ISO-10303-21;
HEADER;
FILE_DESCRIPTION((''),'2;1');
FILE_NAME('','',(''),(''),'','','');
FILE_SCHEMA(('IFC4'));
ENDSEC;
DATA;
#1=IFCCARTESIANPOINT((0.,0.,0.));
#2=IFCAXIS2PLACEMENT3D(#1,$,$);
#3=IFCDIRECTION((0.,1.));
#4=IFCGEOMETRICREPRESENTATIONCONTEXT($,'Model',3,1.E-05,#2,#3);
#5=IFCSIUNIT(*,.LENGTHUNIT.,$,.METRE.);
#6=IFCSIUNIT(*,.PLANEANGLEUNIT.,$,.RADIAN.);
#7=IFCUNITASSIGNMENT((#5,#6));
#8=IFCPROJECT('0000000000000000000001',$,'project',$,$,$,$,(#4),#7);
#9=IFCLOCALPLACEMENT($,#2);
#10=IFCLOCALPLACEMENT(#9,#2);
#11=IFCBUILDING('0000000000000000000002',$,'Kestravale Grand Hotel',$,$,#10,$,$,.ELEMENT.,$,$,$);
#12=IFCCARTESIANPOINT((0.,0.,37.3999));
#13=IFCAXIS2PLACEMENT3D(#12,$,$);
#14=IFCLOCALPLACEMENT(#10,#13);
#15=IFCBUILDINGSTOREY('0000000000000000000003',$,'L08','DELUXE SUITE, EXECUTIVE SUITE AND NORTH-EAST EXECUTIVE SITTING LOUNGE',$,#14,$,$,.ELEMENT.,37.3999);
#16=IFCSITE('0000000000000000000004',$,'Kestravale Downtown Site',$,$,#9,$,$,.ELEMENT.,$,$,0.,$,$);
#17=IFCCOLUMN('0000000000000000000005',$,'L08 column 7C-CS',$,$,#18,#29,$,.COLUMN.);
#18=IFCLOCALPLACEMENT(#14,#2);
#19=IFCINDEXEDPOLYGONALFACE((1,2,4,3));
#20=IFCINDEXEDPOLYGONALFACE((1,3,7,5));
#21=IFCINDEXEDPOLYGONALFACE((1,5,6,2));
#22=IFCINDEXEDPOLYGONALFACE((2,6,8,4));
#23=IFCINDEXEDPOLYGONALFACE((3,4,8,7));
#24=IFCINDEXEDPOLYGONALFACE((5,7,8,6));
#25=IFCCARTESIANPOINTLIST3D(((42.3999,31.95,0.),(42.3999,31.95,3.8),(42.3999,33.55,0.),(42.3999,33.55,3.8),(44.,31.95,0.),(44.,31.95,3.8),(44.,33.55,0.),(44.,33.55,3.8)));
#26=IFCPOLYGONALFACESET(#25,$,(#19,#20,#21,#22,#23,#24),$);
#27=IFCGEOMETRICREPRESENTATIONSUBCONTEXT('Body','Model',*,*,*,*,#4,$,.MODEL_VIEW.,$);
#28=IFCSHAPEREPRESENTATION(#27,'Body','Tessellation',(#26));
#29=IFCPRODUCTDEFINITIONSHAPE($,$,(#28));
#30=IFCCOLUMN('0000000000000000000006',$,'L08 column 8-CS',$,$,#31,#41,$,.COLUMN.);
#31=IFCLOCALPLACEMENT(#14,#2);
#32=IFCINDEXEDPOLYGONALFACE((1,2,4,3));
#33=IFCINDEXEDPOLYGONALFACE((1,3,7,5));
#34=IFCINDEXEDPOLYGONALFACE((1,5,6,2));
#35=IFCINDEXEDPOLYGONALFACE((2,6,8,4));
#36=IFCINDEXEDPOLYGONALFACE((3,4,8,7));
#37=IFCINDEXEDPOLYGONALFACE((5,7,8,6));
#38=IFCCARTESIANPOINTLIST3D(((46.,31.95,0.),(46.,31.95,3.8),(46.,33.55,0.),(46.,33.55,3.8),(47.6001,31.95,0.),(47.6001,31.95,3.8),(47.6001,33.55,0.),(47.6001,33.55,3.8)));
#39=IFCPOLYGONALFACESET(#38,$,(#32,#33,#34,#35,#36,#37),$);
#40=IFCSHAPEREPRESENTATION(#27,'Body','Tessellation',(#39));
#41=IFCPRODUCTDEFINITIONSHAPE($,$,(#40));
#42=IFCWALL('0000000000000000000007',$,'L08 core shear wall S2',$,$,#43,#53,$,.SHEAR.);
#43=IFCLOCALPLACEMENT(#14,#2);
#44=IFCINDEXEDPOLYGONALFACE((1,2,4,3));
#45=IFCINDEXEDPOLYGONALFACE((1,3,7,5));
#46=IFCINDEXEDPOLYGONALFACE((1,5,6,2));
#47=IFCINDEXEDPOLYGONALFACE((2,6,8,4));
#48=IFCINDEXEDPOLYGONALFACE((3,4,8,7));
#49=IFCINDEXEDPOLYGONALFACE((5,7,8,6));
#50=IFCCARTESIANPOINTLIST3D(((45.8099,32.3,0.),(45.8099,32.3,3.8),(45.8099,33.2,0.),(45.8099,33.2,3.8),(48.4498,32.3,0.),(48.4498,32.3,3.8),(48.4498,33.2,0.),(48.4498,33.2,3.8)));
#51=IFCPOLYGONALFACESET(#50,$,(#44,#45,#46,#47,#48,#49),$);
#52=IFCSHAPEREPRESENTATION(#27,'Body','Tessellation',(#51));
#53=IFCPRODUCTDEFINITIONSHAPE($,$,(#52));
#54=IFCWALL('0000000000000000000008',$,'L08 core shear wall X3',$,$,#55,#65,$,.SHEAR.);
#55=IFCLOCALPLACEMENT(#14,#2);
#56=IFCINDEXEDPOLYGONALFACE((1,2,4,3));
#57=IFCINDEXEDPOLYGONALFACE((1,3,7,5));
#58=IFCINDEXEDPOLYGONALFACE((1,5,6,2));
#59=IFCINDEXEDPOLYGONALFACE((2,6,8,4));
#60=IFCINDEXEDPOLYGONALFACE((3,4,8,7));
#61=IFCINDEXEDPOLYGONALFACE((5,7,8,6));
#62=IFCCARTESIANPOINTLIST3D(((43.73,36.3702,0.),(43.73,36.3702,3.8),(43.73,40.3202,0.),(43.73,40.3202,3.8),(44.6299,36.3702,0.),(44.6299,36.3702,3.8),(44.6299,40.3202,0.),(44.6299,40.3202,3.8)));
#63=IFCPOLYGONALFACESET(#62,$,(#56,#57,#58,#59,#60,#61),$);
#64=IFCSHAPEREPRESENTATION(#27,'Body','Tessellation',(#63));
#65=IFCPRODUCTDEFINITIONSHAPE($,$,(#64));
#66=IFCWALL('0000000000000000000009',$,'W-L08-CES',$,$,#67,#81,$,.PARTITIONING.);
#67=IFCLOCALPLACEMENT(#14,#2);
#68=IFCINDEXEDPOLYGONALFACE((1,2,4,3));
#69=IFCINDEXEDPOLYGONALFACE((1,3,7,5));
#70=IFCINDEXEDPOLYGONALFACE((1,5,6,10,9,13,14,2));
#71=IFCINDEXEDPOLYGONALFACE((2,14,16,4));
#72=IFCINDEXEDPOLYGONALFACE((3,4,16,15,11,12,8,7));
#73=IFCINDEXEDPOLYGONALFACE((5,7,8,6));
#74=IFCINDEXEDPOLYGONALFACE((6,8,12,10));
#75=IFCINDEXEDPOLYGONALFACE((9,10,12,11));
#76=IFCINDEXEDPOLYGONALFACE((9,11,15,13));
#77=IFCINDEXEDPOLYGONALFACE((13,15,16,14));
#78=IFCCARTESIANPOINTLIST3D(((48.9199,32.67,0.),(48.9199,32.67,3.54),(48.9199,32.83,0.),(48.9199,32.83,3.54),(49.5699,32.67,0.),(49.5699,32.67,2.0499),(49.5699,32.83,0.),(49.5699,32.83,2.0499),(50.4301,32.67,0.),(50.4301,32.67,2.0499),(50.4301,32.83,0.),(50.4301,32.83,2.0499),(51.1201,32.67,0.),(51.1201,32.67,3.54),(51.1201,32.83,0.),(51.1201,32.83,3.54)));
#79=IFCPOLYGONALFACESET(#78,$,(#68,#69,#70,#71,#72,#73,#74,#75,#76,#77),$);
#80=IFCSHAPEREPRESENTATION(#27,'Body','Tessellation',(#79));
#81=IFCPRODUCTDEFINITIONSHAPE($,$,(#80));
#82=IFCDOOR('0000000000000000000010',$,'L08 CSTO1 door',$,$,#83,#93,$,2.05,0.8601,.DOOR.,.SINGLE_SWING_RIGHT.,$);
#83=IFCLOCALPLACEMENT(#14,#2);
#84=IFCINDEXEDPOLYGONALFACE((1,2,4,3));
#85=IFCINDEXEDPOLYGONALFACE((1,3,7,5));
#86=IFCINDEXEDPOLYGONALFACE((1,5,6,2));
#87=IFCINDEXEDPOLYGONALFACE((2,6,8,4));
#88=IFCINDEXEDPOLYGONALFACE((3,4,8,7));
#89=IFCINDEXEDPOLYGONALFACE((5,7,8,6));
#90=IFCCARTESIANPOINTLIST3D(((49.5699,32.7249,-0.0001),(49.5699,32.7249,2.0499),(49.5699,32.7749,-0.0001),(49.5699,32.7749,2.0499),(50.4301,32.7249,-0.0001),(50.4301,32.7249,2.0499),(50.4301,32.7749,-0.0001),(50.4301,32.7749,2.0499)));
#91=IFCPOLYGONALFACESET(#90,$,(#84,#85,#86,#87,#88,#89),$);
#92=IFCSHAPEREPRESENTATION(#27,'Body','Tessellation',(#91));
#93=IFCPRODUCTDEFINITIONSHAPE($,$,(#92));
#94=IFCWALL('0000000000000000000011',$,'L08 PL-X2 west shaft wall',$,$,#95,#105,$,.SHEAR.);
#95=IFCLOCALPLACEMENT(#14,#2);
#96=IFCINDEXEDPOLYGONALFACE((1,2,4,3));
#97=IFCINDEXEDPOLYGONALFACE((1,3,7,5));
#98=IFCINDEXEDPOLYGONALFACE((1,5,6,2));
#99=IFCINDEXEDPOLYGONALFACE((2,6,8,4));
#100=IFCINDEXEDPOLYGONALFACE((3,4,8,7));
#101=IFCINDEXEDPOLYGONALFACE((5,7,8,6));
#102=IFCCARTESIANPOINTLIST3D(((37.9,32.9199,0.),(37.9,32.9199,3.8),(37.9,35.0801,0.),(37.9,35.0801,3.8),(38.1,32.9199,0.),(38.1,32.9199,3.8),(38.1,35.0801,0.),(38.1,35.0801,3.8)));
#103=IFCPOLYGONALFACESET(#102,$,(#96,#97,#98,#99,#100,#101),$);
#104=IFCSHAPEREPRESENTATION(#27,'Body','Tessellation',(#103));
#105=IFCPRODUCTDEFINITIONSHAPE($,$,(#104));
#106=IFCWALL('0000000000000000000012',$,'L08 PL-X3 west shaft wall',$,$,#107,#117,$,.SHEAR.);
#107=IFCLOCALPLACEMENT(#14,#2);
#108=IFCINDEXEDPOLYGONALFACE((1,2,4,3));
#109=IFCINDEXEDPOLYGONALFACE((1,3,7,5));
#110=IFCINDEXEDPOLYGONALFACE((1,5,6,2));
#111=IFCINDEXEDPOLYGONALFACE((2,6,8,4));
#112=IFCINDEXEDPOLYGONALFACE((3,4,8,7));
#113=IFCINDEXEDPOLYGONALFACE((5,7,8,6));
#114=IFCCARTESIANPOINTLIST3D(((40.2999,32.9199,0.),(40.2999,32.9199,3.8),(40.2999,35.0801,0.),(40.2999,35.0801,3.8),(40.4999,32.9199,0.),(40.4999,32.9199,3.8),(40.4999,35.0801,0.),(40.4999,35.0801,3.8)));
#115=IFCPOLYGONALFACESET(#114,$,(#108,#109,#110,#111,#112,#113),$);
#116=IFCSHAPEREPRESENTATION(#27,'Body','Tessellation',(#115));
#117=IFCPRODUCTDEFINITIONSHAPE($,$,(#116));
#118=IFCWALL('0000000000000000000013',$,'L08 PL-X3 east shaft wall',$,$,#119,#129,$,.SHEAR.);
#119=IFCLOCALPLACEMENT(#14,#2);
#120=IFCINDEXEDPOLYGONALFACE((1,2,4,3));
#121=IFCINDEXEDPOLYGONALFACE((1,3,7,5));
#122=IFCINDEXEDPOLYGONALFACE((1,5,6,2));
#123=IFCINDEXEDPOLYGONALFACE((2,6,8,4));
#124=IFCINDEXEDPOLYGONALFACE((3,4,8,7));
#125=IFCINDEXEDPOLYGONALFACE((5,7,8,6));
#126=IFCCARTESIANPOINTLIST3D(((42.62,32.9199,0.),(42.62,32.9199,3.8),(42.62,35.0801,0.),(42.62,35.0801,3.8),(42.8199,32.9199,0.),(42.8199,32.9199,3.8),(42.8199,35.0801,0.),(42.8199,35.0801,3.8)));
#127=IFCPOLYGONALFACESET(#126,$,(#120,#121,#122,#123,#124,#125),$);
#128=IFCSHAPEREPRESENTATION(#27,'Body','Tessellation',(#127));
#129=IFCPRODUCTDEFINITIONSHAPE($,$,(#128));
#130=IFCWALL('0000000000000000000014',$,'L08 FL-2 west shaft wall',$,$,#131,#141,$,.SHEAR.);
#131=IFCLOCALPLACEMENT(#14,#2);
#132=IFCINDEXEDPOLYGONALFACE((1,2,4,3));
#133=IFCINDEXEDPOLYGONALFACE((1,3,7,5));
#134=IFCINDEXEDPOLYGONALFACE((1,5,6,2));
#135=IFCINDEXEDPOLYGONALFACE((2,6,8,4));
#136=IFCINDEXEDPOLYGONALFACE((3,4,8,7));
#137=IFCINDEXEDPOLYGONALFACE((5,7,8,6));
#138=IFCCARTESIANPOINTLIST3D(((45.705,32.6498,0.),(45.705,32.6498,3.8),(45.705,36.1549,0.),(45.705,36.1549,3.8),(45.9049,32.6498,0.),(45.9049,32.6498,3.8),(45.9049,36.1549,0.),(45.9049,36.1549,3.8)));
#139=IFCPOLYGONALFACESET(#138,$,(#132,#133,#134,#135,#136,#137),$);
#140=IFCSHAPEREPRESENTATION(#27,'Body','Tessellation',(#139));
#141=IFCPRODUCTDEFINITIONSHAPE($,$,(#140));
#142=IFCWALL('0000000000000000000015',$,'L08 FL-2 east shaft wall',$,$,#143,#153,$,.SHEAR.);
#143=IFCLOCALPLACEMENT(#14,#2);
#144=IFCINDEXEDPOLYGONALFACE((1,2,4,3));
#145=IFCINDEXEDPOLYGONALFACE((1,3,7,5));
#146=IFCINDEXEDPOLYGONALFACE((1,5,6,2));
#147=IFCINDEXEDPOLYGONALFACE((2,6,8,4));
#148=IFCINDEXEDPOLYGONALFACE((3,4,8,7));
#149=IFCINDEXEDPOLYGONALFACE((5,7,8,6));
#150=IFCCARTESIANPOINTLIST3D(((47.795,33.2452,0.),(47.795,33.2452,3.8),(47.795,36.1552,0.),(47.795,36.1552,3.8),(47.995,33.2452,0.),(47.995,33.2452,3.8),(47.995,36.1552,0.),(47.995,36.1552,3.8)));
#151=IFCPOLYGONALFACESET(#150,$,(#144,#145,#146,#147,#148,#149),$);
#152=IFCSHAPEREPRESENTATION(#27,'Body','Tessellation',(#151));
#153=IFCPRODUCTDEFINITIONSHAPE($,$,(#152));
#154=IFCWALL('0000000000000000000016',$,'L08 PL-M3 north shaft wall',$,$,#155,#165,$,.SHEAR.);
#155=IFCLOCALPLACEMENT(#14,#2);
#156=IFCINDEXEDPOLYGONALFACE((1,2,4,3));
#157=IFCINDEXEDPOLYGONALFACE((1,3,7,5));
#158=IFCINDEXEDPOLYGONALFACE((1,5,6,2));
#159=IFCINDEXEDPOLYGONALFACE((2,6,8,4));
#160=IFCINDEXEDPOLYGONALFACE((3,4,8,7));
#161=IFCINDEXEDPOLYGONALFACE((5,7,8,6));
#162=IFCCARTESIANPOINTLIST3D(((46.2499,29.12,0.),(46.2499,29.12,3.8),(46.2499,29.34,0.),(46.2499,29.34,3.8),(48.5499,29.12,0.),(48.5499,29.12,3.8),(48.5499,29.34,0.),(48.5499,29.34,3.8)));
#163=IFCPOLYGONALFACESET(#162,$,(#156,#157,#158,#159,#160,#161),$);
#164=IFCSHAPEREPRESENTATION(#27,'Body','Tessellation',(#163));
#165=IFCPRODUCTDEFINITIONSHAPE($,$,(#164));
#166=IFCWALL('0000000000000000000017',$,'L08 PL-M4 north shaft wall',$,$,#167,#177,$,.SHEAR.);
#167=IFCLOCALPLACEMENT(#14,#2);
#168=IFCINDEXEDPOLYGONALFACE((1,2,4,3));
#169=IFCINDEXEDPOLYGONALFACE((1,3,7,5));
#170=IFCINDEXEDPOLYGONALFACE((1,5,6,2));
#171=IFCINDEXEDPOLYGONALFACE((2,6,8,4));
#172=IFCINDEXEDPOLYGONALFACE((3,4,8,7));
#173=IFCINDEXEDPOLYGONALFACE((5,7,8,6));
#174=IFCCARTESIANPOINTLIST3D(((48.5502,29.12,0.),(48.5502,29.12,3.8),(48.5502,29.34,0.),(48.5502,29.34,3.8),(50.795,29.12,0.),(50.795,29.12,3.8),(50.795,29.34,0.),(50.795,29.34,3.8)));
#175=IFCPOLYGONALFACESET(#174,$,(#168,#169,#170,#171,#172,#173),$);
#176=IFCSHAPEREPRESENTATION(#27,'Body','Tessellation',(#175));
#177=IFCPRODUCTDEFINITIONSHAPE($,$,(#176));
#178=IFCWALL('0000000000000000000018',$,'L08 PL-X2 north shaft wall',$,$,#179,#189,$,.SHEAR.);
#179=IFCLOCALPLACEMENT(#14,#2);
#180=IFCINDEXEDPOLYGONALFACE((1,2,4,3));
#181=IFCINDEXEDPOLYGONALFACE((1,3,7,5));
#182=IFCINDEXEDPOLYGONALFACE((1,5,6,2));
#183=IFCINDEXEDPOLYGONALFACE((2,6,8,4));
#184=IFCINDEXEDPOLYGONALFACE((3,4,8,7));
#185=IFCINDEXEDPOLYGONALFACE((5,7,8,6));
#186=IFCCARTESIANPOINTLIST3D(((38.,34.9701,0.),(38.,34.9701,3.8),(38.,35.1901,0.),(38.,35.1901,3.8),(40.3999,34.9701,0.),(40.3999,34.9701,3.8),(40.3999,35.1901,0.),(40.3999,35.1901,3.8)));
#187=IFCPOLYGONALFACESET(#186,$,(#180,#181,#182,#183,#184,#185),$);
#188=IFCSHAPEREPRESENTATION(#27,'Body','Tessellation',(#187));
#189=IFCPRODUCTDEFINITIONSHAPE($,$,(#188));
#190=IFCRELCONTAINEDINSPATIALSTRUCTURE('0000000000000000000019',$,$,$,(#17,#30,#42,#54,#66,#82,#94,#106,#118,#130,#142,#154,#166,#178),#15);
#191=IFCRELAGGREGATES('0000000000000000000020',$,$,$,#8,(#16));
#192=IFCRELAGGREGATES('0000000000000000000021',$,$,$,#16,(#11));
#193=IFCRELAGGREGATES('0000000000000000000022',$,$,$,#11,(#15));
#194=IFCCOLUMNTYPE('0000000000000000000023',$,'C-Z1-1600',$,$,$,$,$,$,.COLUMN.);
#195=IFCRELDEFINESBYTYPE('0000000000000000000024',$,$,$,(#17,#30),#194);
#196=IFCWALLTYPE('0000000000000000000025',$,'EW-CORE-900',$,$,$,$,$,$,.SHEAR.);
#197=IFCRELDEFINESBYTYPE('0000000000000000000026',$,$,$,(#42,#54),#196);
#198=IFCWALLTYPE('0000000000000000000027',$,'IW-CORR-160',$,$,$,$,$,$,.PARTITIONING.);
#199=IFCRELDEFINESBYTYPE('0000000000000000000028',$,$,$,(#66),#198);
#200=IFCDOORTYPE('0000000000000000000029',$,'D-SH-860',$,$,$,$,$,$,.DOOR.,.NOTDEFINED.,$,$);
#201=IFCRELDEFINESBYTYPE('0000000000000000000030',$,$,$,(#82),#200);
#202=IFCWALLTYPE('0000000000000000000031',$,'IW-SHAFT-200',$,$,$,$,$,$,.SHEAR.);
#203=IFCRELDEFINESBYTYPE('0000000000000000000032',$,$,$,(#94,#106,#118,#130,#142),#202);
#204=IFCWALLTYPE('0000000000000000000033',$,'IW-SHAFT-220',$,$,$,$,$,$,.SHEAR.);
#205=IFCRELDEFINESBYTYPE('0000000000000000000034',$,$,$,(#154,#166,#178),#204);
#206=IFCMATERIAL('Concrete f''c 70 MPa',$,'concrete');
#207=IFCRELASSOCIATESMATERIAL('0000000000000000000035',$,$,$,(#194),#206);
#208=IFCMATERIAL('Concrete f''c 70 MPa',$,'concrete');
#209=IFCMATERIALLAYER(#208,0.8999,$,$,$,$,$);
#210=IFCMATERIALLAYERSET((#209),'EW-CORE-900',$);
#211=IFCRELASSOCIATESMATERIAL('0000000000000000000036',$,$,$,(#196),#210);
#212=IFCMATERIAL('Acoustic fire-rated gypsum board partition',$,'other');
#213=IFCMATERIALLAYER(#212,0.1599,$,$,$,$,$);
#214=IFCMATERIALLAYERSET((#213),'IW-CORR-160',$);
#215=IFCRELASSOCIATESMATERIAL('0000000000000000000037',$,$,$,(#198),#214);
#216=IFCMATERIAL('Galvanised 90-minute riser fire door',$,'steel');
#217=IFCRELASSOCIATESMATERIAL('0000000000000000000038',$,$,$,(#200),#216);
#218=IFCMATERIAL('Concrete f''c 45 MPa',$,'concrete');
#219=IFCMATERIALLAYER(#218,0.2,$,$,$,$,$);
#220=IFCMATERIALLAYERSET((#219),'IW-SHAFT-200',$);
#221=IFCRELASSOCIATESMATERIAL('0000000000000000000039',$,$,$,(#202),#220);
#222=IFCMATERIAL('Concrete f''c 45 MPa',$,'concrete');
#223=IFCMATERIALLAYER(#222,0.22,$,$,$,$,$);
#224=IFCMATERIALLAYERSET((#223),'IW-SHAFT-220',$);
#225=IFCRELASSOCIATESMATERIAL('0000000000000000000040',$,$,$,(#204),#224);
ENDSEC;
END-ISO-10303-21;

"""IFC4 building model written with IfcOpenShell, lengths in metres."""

from ifc_helpers import new_model, si_unit, direction, frame, frame_2d, origin, origin_2d, place, context, subcontext, project, spatial, rectangle, extrude, material, layer, layer_set, material_profile, profile_set, type_object, element, fill, save


model = new_model("IFC4")

# Units and contexts
model_context = context("Model", 3, precision=1e-05, world=origin(), true_north=direction((0.0, 1.0)))
body_context = subcontext(model_context, "Body", "Model", "MODEL_VIEW")
ifc_project = project(units=[si_unit("LENGTHUNIT", "METRE"), si_unit("PLANEANGLEUNIT", "RADIAN")], contexts=[model_context])

# Site, building, storey
site_placement = place(None, origin())
site = spatial("IfcSite", under=ifc_project, at=site_placement, Name="Kestravale Downtown Site", CompositionType="ELEMENT", RefElevation=0.0)
building_placement = place(site_placement, origin())
building = spatial("IfcBuilding", under=site, at=building_placement, Name="Kestravale Grand Hotel", CompositionType="ELEMENT")
storey_placement = place(building_placement, frame((0.0, 0.0, 37.3999)))
storey = spatial("IfcBuildingStorey", under=building, at=storey_placement, Name="L08", Description="DELUXE SUITE, EXECUTIVE SUITE AND NORTH-EAST EXECUTIVE SITTING LOUNGE", CompositionType="ELEMENT", Elevation=37.3999)

# Columns
ifc_material_1 = material(Name="Concrete f'c 70 MPa", Category="concrete")
ifc_material_profile = material_profile(ifc_material_1, rectangle(XDim=1.6001, YDim=1.6001, at=origin_2d()))
ifc_profile_set = profile_set([ifc_material_profile], Name="Concrete f'c 70 MPa")
column_type = type_object("IfcColumnType", Name="C-Z1-1600", PredefinedType="COLUMN", material=ifc_profile_set)
for number, where, z_axis, x_axis, name in (
    (1, (43.2, 32.75, 0.0), (0.0, 0.0, 1.0), (1.0, 0.0, 0.0), "L08 column 7C-CS"),
    (2, (46.8, 32.75, 0.0), (0.0, 0.0, 1.0), (1.0, 0.0, 0.0), "L08 column 8-CS"),
):
    element("IfcColumn", number, at=place(storey_placement, frame(where, z_axis=z_axis, x_axis=x_axis)), inside=storey, type_object=column_type, Name=name, PredefinedType="COLUMN", context=body_context, shape_type="SweptSolid", body=[
        extrude(rectangle(XDim=1.6001, YDim=1.6001, at=origin_2d()), origin(), (0.0, 0.0, 1.0), 3.8),
    ])

# Wall
ifc_material_2 = material(Name="Concrete f'c 70 MPa", Category="concrete")
ifc_layer_1 = layer(ifc_material_2, 0.8999)
ifc_layer_set_1 = layer_set([ifc_layer_1], Name="EW-CORE-900")
wall_type_1 = type_object("IfcWallType", Name="EW-CORE-900", PredefinedType="SHEAR", material=ifc_layer_set_1)
wall_1_placement = place(storey_placement, frame((45.8101, 32.75, 0.0), z_axis=(0.0, 0.0, 1.0), x_axis=(1.0, 0.0, 0.0)))
element("IfcWall", 3, at=wall_1_placement, inside=storey, type_object=wall_type_1, Name="L08 core shear wall S2", PredefinedType="SHEAR", context=body_context, shape_type="SweptSolid", body=[
    extrude(rectangle(XDim=2.6399, YDim=0.8999, at=frame_2d((1.3198, 0.0))), origin(), (0.0, 0.0, 1.0), 3.8),
])

# Wall
wall_2_placement = place(storey_placement, frame((44.1799, 36.3701, 0.0), z_axis=(0.0, 0.0, 1.0), x_axis=(0.0, 1.0, 0.0)))
element("IfcWall", 4, at=wall_2_placement, inside=storey, type_object=wall_type_1, Name="L08 core shear wall X3", PredefinedType="SHEAR", context=body_context, shape_type="SweptSolid", body=[
    extrude(rectangle(XDim=3.95, YDim=0.8999, at=frame_2d((1.9751, 0.0))), origin(), (0.0, 0.0, 1.0), 3.8),
])

# Wall, opening, door
ifc_material_3 = material(Name="Acoustic fire-rated gypsum board partition", Category="other")
ifc_layer_2 = layer(ifc_material_3, 0.1599)
ifc_layer_set_2 = layer_set([ifc_layer_2], Name="IW-CORR-160")
wall_type_2 = type_object("IfcWallType", Name="IW-CORR-160", PredefinedType="PARTITIONING", material=ifc_layer_set_2)
wall_3_placement = place(storey_placement, frame((48.9199, 32.75, 0.0), z_axis=(0.0, 0.0, 1.0), x_axis=(1.0, 0.0, 0.0)))
wall_3 = element("IfcWall", 5, at=wall_3_placement, inside=storey, type_object=wall_type_2, Name="W-L08-CES", PredefinedType="PARTITIONING", context=body_context, shape_type="SweptSolid", body=[
    extrude(rectangle(XDim=2.2002, YDim=0.1599, at=frame_2d((1.1001, 0.0))), origin(), (0.0, 0.0, 1.0), 3.54),
])
opening_1_placement = place(wall_3_placement, frame((0.6499, 0.0, 0.0)))
opening_1 = element("IfcOpeningElement", 6, at=opening_1_placement, cuts=wall_3, PredefinedType="OPENING", context=body_context, shape_type="SweptSolid", body=[
    extrude(rectangle(XDim=0.8601, YDim=2.05, at=frame_2d((0.4302, 1.0249))), frame((0.0, 0.0898, 0.0), z_axis=(0.0, -1.0, 0.0), x_axis=(1.0, 0.0, 0.0)), (0.0, 0.0, 1.0), 0.1799),
])
ifc_material_4 = material(Name="Galvanised 90-minute riser fire door", Category="steel")
door_type_1 = type_object("IfcDoorType", Name="D-SH-860", OperationType="NOTDEFINED", PredefinedType="DOOR", material=ifc_material_4)
door_1_placement = place(opening_1_placement, origin())
door_1 = element("IfcDoor", 7, at=door_1_placement, inside=storey, type_object=door_type_1, Name="L08 CSTO1 door", OperationType="SINGLE_SWING_RIGHT", OverallHeight=2.05, OverallWidth=0.8601, PredefinedType="DOOR", context=body_context, shape_type="SweptSolid", body=[
    extrude(rectangle(XDim=0.8601, YDim=2.05, at=frame_2d((0.4302, 1.0249))), frame((0.0, 0.0249, 0.0), z_axis=(0.0, -1.0, 0.0), x_axis=(1.0, 0.0, 0.0)), (0.0, 0.0, 1.0), 0.05),
])
fill(opening_1, door_1)

# Walls
ifc_material_5 = material(Name="Concrete f'c 45 MPa", Category="concrete")
ifc_layer_3 = layer(ifc_material_5, 0.2)
ifc_layer_set_3 = layer_set([ifc_layer_3], Name="IW-SHAFT-200")
wall_type_3 = type_object("IfcWallType", Name="IW-SHAFT-200", PredefinedType="SHEAR", material=ifc_layer_set_3)
for number, where, z_axis, x_axis, name in (
    (8, (38.0, 32.9199, 0.0), (0.0, 0.0, 1.0), (0.0, 1.0, 0.0), "L08 PL-X2 west shaft wall"),
    (9, (40.3999, 32.9199, 0.0), (0.0, 0.0, 1.0), (0.0, 1.0, 0.0), "L08 PL-X3 west shaft wall"),
    (10, (42.72, 32.9199, 0.0), (0.0, 0.0, 1.0), (0.0, 1.0, 0.0), "L08 PL-X3 east shaft wall"),
):
    element("IfcWall", number, at=place(storey_placement, frame(where, z_axis=z_axis, x_axis=x_axis)), inside=storey, type_object=wall_type_3, Name=name, PredefinedType="SHEAR", context=body_context, shape_type="SweptSolid", body=[
        extrude(rectangle(XDim=2.1602, YDim=0.2, at=frame_2d((1.0801, 0.0))), origin(), (0.0, 0.0, 1.0), 3.8),
    ])
wall_4_placement = place(storey_placement, frame((45.8049, 32.6499, 0.0), z_axis=(0.0, 0.0, 1.0), x_axis=(0.0, 1.0, 0.0)))
element("IfcWall", 11, at=wall_4_placement, inside=storey, type_object=wall_type_3, Name="L08 FL-2 west shaft wall", PredefinedType="SHEAR", context=body_context, shape_type="SweptSolid", body=[
    extrude(rectangle(XDim=3.5051, YDim=0.2, at=frame_2d((1.7524, 0.0))), origin(), (0.0, 0.0, 1.0), 3.8),
])
wall_5_placement = place(storey_placement, frame((47.895, 33.2451, 0.0), z_axis=(0.0, 0.0, 1.0), x_axis=(0.0, 1.0, 0.0)))
element("IfcWall", 12, at=wall_5_placement, inside=storey, type_object=wall_type_3, Name="L08 FL-2 east shaft wall", PredefinedType="SHEAR", context=body_context, shape_type="SweptSolid", body=[
    extrude(rectangle(XDim=2.9099, YDim=0.2, at=frame_2d((1.4551, 0.0))), origin(), (0.0, 0.0, 1.0), 3.8),
])
ifc_material_6 = material(Name="Concrete f'c 45 MPa", Category="concrete")
ifc_layer_4 = layer(ifc_material_6, 0.22)
ifc_layer_set_4 = layer_set([ifc_layer_4], Name="IW-SHAFT-220")
wall_type_4 = type_object("IfcWallType", Name="IW-SHAFT-220", PredefinedType="SHEAR", material=ifc_layer_set_4)
wall_6_placement = place(storey_placement, frame((46.25, 29.23, 0.0), z_axis=(0.0, 0.0, 1.0), x_axis=(1.0, 0.0, 0.0)))
element("IfcWall", 13, at=wall_6_placement, inside=storey, type_object=wall_type_4, Name="L08 PL-M3 north shaft wall", PredefinedType="SHEAR", context=body_context, shape_type="SweptSolid", body=[
    extrude(rectangle(XDim=2.3, YDim=0.22, at=frame_2d((1.1499, 0.0))), origin(), (0.0, 0.0, 1.0), 3.8),
])
wall_7_placement = place(storey_placement, frame((48.55, 29.23, 0.0), z_axis=(0.0, 0.0, 1.0), x_axis=(1.0, 0.0, 0.0)))
element("IfcWall", 14, at=wall_7_placement, inside=storey, type_object=wall_type_4, Name="L08 PL-M4 north shaft wall", PredefinedType="SHEAR", context=body_context, shape_type="SweptSolid", body=[
    extrude(rectangle(XDim=2.2449, YDim=0.22, at=frame_2d((1.1226, 0.0))), origin(), (0.0, 0.0, 1.0), 3.8),
])
for number, where, z_axis, x_axis, name in (
    (15, (38.0, 35.0801, 0.0), (0.0, 0.0, 1.0), (1.0, 0.0, 0.0), "L08 PL-X2 north shaft wall"),
):
    element("IfcWall", number, at=place(storey_placement, frame(where, z_axis=z_axis, x_axis=x_axis)), inside=storey, type_object=wall_type_4, Name=name, PredefinedType="SHEAR", context=body_context, shape_type="SweptSolid", body=[
        extrude(rectangle(XDim=2.3999, YDim=0.22, at=frame_2d((1.2, 0.0))), origin(), (0.0, 0.0, 1.0), 3.8),
    ])

save(model, "model.ifc")
